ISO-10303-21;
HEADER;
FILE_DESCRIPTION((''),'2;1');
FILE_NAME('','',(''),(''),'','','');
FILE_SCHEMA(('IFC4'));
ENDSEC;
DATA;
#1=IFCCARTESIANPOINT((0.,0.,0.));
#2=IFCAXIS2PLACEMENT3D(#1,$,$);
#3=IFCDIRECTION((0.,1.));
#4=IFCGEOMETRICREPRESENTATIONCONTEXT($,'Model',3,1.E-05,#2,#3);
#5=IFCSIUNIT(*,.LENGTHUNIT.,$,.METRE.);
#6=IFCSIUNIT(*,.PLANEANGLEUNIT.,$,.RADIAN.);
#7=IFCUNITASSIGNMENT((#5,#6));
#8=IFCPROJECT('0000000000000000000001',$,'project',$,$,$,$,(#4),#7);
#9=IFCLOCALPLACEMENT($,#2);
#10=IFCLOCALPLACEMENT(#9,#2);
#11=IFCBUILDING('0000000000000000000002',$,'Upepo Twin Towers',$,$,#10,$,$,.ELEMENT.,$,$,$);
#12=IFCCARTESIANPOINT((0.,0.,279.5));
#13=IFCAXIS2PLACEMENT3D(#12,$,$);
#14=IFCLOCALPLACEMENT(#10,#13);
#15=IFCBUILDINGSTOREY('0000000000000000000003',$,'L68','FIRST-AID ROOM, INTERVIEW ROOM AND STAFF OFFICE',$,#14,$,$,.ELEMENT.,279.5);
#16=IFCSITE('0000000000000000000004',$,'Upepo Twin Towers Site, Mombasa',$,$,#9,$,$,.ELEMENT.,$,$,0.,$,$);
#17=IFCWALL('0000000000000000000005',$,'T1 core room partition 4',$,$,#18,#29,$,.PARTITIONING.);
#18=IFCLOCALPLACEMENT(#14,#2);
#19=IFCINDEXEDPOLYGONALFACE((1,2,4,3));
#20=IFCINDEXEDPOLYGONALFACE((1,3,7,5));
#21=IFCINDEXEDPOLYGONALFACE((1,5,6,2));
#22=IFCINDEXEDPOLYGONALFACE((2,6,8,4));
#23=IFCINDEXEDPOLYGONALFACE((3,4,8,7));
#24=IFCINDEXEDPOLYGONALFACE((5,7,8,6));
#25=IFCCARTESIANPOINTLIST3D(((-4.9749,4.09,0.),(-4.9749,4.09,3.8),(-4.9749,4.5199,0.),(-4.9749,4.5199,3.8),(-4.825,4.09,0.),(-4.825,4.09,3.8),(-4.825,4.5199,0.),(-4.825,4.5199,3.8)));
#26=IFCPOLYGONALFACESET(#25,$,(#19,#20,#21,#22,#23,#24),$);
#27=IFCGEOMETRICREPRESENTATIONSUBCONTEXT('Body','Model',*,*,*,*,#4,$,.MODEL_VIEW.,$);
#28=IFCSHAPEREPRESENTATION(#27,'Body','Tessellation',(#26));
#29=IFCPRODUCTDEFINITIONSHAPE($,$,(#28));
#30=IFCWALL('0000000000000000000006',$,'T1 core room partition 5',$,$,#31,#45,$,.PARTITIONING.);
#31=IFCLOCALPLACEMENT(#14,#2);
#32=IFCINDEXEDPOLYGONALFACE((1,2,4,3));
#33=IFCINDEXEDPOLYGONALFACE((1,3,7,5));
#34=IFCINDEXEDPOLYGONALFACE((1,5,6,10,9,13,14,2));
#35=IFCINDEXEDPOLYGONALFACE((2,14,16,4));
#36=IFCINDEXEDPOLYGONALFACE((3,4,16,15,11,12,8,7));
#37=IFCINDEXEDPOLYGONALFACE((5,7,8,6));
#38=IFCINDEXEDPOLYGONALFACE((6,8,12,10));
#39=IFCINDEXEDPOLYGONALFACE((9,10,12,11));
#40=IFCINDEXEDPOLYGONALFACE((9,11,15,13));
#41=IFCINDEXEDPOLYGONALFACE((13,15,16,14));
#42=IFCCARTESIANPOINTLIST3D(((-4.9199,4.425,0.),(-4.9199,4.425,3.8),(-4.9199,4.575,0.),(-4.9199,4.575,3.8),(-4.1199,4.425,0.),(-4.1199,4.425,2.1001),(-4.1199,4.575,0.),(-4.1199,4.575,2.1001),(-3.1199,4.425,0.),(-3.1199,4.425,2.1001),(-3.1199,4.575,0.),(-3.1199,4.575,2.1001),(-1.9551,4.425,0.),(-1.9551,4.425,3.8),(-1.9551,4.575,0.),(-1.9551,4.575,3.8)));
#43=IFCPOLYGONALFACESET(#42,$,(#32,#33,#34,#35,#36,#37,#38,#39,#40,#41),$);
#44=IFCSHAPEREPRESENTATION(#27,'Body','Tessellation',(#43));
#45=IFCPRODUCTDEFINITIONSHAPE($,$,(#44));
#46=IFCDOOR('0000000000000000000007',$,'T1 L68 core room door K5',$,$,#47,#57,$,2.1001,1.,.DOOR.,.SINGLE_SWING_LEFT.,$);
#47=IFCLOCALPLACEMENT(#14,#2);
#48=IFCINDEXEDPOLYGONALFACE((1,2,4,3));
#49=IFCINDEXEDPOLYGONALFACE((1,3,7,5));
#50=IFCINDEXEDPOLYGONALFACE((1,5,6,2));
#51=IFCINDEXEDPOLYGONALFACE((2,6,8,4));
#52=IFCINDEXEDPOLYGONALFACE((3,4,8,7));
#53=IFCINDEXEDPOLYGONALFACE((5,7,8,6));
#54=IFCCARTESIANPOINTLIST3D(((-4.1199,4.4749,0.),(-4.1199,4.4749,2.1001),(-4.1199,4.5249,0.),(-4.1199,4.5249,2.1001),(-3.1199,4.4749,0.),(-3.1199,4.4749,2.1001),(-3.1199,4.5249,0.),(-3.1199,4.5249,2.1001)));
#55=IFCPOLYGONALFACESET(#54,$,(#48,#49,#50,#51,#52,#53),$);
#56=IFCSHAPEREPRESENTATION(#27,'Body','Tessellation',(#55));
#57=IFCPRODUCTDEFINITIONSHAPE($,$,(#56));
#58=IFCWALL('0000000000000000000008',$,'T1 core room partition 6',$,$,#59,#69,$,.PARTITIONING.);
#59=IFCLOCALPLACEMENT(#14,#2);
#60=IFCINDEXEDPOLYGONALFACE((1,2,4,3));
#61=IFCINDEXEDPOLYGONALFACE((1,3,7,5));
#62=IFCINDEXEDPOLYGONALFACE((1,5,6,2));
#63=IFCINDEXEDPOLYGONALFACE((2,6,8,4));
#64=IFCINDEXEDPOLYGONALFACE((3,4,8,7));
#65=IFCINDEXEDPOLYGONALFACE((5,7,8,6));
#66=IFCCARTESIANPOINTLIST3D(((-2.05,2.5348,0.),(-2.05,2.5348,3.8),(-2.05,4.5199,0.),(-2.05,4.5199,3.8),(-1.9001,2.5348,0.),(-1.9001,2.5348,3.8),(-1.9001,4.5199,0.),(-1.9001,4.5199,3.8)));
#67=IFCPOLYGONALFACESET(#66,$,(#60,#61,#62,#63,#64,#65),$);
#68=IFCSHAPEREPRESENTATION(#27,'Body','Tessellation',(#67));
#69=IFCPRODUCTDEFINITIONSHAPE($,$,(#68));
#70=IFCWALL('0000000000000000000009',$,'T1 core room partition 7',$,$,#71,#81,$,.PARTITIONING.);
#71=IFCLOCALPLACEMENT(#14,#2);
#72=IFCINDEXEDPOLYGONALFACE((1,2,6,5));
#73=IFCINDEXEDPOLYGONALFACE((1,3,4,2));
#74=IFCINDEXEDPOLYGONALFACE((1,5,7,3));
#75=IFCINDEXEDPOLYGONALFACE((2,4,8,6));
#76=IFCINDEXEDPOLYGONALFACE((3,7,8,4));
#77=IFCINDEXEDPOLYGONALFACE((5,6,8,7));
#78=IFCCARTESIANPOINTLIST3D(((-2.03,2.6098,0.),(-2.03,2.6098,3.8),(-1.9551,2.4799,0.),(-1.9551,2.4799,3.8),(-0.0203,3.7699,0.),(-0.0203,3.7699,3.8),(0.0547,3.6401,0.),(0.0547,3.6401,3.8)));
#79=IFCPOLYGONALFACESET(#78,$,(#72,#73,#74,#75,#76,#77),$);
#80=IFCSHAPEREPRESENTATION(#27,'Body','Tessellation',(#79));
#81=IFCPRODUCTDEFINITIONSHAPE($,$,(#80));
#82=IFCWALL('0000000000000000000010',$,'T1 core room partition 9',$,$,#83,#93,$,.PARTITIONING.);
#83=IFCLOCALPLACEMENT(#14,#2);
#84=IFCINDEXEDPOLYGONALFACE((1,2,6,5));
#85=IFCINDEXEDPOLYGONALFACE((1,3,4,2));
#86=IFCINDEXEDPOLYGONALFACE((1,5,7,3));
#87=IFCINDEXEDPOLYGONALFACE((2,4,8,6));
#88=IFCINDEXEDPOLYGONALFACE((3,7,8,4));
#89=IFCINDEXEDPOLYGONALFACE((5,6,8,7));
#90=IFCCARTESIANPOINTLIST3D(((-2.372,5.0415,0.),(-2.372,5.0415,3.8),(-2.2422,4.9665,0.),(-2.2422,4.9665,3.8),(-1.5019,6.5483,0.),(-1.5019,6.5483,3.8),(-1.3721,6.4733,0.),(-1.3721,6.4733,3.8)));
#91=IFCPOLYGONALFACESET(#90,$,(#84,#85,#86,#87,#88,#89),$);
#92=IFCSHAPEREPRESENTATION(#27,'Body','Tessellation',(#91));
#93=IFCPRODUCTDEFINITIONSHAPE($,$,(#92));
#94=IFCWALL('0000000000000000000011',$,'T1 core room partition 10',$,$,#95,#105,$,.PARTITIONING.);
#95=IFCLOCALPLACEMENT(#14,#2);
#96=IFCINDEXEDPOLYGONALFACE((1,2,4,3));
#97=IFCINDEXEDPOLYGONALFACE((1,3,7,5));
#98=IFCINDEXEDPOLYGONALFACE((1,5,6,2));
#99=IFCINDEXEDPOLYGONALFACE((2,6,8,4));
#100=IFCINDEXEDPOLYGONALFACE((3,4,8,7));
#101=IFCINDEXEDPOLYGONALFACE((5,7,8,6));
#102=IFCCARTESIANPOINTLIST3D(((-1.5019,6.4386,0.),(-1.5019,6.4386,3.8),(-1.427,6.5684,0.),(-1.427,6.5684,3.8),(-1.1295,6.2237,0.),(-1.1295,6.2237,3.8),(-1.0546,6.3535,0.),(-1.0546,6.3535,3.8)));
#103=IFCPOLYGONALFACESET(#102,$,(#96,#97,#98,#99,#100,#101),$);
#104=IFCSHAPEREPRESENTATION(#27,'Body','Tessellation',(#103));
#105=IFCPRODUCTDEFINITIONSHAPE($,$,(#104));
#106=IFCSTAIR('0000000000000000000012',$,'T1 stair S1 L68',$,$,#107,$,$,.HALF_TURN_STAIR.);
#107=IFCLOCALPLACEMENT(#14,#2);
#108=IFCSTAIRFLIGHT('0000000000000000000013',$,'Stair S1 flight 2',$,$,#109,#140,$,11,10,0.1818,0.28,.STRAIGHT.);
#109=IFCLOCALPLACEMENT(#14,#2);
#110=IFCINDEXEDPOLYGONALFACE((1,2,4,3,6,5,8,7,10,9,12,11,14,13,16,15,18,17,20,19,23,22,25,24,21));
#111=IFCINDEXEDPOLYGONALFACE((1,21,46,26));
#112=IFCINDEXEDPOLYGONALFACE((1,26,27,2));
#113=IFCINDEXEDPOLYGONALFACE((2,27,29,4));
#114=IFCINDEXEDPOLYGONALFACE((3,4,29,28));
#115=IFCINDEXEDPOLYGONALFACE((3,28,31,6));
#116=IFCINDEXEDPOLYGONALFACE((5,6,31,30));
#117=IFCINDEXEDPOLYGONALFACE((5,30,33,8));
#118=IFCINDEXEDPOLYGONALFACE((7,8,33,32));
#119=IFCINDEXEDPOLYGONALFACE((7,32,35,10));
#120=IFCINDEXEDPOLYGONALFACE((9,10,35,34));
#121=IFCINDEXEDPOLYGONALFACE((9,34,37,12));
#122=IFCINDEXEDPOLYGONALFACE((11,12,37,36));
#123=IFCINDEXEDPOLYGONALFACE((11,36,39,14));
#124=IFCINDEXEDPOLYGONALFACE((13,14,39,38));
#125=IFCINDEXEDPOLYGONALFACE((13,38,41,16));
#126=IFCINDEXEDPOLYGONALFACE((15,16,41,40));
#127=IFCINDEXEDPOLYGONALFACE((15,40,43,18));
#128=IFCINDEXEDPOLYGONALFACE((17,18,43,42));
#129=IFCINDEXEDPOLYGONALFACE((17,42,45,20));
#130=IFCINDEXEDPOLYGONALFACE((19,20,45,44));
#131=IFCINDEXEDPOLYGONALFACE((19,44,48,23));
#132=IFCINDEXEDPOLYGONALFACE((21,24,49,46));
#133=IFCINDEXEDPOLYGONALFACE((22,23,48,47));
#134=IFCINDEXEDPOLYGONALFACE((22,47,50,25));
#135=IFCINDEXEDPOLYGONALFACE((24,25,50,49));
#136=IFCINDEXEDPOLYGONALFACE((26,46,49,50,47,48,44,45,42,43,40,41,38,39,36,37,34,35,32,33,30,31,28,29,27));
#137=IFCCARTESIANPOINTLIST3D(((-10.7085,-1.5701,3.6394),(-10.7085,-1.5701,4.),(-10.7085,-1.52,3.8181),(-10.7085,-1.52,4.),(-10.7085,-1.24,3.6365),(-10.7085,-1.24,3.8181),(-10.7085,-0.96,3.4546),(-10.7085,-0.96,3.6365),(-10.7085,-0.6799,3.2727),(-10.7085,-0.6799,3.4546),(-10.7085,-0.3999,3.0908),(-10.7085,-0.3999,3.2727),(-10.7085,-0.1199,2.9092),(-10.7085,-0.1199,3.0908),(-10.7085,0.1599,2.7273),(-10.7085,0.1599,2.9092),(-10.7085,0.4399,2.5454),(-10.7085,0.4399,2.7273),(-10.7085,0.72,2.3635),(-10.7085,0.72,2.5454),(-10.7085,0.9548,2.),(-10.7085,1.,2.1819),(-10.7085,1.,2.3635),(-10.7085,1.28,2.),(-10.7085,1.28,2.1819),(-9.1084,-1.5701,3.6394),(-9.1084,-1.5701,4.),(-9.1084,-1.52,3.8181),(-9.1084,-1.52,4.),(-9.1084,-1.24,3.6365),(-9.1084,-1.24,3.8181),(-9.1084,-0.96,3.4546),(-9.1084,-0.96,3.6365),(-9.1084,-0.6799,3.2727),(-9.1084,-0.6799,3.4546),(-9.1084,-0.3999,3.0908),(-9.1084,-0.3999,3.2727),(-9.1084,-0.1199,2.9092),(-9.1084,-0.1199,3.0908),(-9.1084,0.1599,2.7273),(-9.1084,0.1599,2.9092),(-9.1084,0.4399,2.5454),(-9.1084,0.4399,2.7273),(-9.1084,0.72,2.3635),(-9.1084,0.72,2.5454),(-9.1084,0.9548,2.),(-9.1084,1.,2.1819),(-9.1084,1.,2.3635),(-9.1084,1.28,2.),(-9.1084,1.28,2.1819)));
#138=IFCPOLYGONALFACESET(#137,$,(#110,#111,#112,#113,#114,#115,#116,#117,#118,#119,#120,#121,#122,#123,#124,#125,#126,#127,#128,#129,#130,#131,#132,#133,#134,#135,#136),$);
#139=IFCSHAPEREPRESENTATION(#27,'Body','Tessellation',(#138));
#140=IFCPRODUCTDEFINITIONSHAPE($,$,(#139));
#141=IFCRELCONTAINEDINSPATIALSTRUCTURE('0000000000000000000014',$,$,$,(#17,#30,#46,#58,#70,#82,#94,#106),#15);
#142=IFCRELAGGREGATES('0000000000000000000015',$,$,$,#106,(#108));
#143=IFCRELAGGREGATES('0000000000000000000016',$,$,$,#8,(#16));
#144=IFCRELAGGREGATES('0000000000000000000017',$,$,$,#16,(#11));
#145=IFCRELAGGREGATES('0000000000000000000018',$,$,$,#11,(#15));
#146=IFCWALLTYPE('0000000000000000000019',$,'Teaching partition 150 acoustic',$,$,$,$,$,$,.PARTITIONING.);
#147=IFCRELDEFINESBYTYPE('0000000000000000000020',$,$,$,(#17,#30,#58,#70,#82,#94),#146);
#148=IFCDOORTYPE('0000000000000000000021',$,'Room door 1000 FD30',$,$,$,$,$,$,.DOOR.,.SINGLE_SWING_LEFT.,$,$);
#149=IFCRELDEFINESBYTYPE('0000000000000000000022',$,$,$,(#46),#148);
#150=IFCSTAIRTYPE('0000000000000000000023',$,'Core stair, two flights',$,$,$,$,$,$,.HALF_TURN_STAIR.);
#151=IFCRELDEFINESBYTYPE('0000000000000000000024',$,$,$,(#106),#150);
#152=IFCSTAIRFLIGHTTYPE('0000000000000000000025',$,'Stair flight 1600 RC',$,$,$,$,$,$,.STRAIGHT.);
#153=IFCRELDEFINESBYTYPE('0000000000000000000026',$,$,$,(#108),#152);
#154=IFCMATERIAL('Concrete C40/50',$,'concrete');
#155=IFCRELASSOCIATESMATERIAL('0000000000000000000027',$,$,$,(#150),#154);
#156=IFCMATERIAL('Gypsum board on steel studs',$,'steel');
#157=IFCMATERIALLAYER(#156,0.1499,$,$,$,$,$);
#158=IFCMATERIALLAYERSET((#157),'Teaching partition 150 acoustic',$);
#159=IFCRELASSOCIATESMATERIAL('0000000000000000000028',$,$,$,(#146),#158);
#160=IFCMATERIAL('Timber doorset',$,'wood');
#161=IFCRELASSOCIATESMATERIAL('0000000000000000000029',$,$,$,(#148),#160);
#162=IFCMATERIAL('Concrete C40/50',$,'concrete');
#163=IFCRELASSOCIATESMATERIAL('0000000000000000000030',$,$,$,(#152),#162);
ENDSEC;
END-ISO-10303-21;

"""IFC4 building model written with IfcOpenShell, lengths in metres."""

from ifc_helpers import new_model, si_unit, direction, frame, frame_2d, origin, place, context, subcontext, project, spatial, polyline, rectangle, outline, extrude, material, layer, layer_set, type_object, element, fill, aggregate, save


model = new_model("IFC4")

# Units and contexts
model_context = context("Model", 3, precision=1e-05, world=origin(), true_north=direction((0.0, 1.0)))
body_context = subcontext(model_context, "Body", "Model", "MODEL_VIEW")
ifc_project = project(units=[si_unit("LENGTHUNIT", "METRE"), si_unit("PLANEANGLEUNIT", "RADIAN")], contexts=[model_context])

# Site, building, storey
site_placement = place(None, origin())
site = spatial("IfcSite", under=ifc_project, at=site_placement, Name="Upepo Twin Towers Site, Mombasa", CompositionType="ELEMENT", RefElevation=0.0)
building_placement = place(site_placement, origin())
building = spatial("IfcBuilding", under=site, at=building_placement, Name="Upepo Twin Towers", CompositionType="ELEMENT")
storey_placement = place(building_placement, frame((0.0, 0.0, 279.5)))
storey = spatial("IfcBuildingStorey", under=building, at=storey_placement, Name="L68", Description="FIRST-AID ROOM, INTERVIEW ROOM AND STAFF OFFICE", CompositionType="ELEMENT", Elevation=279.5)

# Shared definitions
ifc_material_1 = material(Name="Concrete C40/50", Category="concrete")
stair_type = type_object("IfcStairType", Name="Core stair, two flights", PredefinedType="HALF_TURN_STAIR", material=ifc_material_1)

# Wall
ifc_material_2 = material(Name="Gypsum board on steel studs", Category="steel")
ifc_layer_1 = layer(ifc_material_2, 0.1499)
ifc_layer_set_1 = layer_set([ifc_layer_1], Name="Teaching partition 150 acoustic")
wall_type_1 = type_object("IfcWallType", Name="Teaching partition 150 acoustic", PredefinedType="PARTITIONING", material=ifc_layer_set_1)
wall_1_placement = place(storey_placement, frame((-4.8999, 4.0901, 0.0), z_axis=(0.0, 0.0, 1.0), x_axis=(0.0, 1.0, 0.0)))
element("IfcWall", 1, at=wall_1_placement, inside=storey, type_object=wall_type_1, Name="T1 core room partition 4", PredefinedType="PARTITIONING", context=body_context, shape_type="SweptSolid", body=[
    extrude(rectangle(XDim=0.4299, YDim=0.1499, at=frame_2d((0.2148, 0.0))), origin(), (0.0, 0.0, 1.0), 3.8),
])

# Wall, opening, door
wall_2_placement = place(storey_placement, frame((-4.9199, 4.5, 0.0), z_axis=(0.0, 0.0, 1.0), x_axis=(1.0, 0.0, 0.0)))
wall_2 = element("IfcWall", 2, at=wall_2_placement, inside=storey, type_object=wall_type_1, Name="T1 core room partition 5", PredefinedType="PARTITIONING", context=body_context, shape_type="SweptSolid", body=[
    extrude(rectangle(XDim=2.9648, YDim=0.1499, at=frame_2d((1.4824, 0.0))), origin(), (0.0, 0.0, 1.0), 3.8),
])
opening_1_placement = place(wall_2_placement, frame((0.8, 0.0, 0.0)))
opening_1 = element("IfcOpeningElement", 3, at=opening_1_placement, cuts=wall_2, PredefinedType="OPENING", context=body_context, shape_type="SweptSolid", body=[
    extrude(rectangle(XDim=1.0, YDim=2.1001, at=frame_2d((0.5, 1.05))), frame((0.0, 0.085, 0.0), z_axis=(0.0, -1.0, 0.0), x_axis=(1.0, 0.0, 0.0)), (0.0, 0.0, 1.0), 0.1699),
])
ifc_material_3 = material(Name="Timber doorset", Category="wood")
door_type_1 = type_object("IfcDoorType", Name="Room door 1000 FD30", OperationType="SINGLE_SWING_LEFT", PredefinedType="DOOR", material=ifc_material_3)
door_1_placement = place(opening_1_placement, origin())
door_1 = element("IfcDoor", 4, at=door_1_placement, inside=storey, type_object=door_type_1, Name="T1 L68 core room door K5", OperationType="SINGLE_SWING_LEFT", OverallHeight=2.1001, OverallWidth=1.0, PredefinedType="DOOR", context=body_context, shape_type="SweptSolid", body=[
    extrude(rectangle(XDim=1.0, YDim=2.1001, at=frame_2d((0.5, 1.05))), frame((0.0, 0.0249, 0.0), z_axis=(0.0, -1.0, 0.0), x_axis=(1.0, 0.0, 0.0)), (0.0, 0.0, 1.0), 0.05),
])
fill(opening_1, door_1)

# Walls
wall_3_placement = place(storey_placement, frame((-1.9751, 4.52, 0.0), z_axis=(0.0, 0.0, 1.0), x_axis=(0.0, -1.0, 0.0)))
element("IfcWall", 5, at=wall_3_placement, inside=storey, type_object=wall_type_1, Name="T1 core room partition 6", PredefinedType="PARTITIONING", context=body_context, shape_type="SweptSolid", body=[
    extrude(rectangle(XDim=1.9851, YDim=0.1499, at=frame_2d((0.9927, 0.0))), origin(), (0.0, 0.0, 1.0), 3.8),
])
wall_4_placement = place(storey_placement, frame((-1.9924, 2.5449, 0.0), z_axis=(0.0, 0.0, 1.0), x_axis=(0.866059, 0.499941, 0.0)))
element("IfcWall", 6, at=wall_4_placement, inside=storey, type_object=wall_type_1, Name="T1 core room partition 7", PredefinedType="PARTITIONING", context=body_context, shape_type="SweptSolid", body=[
    extrude(rectangle(XDim=2.3206, YDim=0.1499, at=frame_2d((1.1602, 0.0))), origin(), (0.0, 0.0, 1.0), 3.8),
])
wall_5_placement = place(storey_placement, frame((-2.3071, 5.0039, 0.0), z_axis=(0.0, 0.0, 1.0), x_axis=(0.500063, 0.865989, 0.0)))
element("IfcWall", 7, at=wall_5_placement, inside=storey, type_object=wall_type_1, Name="T1 core room partition 9", PredefinedType="PARTITIONING", context=body_context, shape_type="SweptSolid", body=[
    extrude(rectangle(XDim=1.74, YDim=0.1499, at=frame_2d((0.8701, 0.0))), origin(), (0.0, 0.0, 1.0), 3.8),
])
wall_6_placement = place(storey_placement, frame((-1.4644, 6.5034, 0.0), z_axis=(0.0, 0.0, 1.0), x_axis=(0.866138, -0.499804, 0.0)))
element("IfcWall", 8, at=wall_6_placement, inside=storey, type_object=wall_type_1, Name="T1 core room partition 10", PredefinedType="PARTITIONING", context=body_context, shape_type="SweptSolid", body=[
    extrude(rectangle(XDim=0.4299, YDim=0.1499, at=frame_2d((0.2148, 0.0))), origin(), (0.0, 0.0, 1.0), 3.8),
])

# Stair, stair flight
stair_1_placement = place(storey_placement, origin())
stair_1 = element("IfcStair", 9, at=stair_1_placement, inside=storey, type_object=stair_type, Name="T1 stair S1 L68", PredefinedType="HALF_TURN_STAIR")
ifc_material_4 = material(Name="Concrete C40/50", Category="concrete")
stair_flight_type = type_object("IfcStairFlightType", Name="Stair flight 1600 RC", PredefinedType="STRAIGHT", material=ifc_material_4)
stair_flight_placement = place(storey_placement, frame((-9.9084, 1.28, 2.0), z_axis=(0.0, 0.0, 1.0), x_axis=(0.0, -1.0, 0.0)))
stair_flight = element("IfcStairFlight", 10, at=stair_flight_placement, type_object=stair_flight_type, Name="Stair S1 flight 2", NumberOfRisers=11, NumberOfTreads=10, PredefinedType="STRAIGHT", RiserHeight=0.1818, TreadLength=0.28, context=body_context, shape_type="SweptSolid", body=[
    extrude(outline(polyline([(0.0, 0.0), (0.0, 0.1819), (0.28, 0.1819), (0.28, 0.3635), (0.5601, 0.3635), (0.5601, 0.5454), (0.8401, 0.5454), (0.8401, 0.7273), (1.1201, 0.7273), (1.1201, 0.9092), (1.3999, 0.9092), (1.3999, 1.0908), (1.6799, 1.0908), (1.6799, 1.2727), (1.96, 1.2727), (1.96, 1.4546), (2.24, 1.4546), (2.24, 1.6365), (2.52, 1.6365), (2.52, 1.8181), (2.8, 1.8181), (2.8, 2.0), (2.8501, 2.0), (2.8501, 1.6394), (0.3252, 0.0), (0.0, 0.0)])), frame((0.0, 0.8, 0.0), z_axis=(0.0, -1.0, 0.0), x_axis=(1.0, 0.0, 0.0)), (0.0, 0.0, 1.0), 1.6001),
])
aggregate(stair_1, [stair_flight])

save(model, "model.ifc")
